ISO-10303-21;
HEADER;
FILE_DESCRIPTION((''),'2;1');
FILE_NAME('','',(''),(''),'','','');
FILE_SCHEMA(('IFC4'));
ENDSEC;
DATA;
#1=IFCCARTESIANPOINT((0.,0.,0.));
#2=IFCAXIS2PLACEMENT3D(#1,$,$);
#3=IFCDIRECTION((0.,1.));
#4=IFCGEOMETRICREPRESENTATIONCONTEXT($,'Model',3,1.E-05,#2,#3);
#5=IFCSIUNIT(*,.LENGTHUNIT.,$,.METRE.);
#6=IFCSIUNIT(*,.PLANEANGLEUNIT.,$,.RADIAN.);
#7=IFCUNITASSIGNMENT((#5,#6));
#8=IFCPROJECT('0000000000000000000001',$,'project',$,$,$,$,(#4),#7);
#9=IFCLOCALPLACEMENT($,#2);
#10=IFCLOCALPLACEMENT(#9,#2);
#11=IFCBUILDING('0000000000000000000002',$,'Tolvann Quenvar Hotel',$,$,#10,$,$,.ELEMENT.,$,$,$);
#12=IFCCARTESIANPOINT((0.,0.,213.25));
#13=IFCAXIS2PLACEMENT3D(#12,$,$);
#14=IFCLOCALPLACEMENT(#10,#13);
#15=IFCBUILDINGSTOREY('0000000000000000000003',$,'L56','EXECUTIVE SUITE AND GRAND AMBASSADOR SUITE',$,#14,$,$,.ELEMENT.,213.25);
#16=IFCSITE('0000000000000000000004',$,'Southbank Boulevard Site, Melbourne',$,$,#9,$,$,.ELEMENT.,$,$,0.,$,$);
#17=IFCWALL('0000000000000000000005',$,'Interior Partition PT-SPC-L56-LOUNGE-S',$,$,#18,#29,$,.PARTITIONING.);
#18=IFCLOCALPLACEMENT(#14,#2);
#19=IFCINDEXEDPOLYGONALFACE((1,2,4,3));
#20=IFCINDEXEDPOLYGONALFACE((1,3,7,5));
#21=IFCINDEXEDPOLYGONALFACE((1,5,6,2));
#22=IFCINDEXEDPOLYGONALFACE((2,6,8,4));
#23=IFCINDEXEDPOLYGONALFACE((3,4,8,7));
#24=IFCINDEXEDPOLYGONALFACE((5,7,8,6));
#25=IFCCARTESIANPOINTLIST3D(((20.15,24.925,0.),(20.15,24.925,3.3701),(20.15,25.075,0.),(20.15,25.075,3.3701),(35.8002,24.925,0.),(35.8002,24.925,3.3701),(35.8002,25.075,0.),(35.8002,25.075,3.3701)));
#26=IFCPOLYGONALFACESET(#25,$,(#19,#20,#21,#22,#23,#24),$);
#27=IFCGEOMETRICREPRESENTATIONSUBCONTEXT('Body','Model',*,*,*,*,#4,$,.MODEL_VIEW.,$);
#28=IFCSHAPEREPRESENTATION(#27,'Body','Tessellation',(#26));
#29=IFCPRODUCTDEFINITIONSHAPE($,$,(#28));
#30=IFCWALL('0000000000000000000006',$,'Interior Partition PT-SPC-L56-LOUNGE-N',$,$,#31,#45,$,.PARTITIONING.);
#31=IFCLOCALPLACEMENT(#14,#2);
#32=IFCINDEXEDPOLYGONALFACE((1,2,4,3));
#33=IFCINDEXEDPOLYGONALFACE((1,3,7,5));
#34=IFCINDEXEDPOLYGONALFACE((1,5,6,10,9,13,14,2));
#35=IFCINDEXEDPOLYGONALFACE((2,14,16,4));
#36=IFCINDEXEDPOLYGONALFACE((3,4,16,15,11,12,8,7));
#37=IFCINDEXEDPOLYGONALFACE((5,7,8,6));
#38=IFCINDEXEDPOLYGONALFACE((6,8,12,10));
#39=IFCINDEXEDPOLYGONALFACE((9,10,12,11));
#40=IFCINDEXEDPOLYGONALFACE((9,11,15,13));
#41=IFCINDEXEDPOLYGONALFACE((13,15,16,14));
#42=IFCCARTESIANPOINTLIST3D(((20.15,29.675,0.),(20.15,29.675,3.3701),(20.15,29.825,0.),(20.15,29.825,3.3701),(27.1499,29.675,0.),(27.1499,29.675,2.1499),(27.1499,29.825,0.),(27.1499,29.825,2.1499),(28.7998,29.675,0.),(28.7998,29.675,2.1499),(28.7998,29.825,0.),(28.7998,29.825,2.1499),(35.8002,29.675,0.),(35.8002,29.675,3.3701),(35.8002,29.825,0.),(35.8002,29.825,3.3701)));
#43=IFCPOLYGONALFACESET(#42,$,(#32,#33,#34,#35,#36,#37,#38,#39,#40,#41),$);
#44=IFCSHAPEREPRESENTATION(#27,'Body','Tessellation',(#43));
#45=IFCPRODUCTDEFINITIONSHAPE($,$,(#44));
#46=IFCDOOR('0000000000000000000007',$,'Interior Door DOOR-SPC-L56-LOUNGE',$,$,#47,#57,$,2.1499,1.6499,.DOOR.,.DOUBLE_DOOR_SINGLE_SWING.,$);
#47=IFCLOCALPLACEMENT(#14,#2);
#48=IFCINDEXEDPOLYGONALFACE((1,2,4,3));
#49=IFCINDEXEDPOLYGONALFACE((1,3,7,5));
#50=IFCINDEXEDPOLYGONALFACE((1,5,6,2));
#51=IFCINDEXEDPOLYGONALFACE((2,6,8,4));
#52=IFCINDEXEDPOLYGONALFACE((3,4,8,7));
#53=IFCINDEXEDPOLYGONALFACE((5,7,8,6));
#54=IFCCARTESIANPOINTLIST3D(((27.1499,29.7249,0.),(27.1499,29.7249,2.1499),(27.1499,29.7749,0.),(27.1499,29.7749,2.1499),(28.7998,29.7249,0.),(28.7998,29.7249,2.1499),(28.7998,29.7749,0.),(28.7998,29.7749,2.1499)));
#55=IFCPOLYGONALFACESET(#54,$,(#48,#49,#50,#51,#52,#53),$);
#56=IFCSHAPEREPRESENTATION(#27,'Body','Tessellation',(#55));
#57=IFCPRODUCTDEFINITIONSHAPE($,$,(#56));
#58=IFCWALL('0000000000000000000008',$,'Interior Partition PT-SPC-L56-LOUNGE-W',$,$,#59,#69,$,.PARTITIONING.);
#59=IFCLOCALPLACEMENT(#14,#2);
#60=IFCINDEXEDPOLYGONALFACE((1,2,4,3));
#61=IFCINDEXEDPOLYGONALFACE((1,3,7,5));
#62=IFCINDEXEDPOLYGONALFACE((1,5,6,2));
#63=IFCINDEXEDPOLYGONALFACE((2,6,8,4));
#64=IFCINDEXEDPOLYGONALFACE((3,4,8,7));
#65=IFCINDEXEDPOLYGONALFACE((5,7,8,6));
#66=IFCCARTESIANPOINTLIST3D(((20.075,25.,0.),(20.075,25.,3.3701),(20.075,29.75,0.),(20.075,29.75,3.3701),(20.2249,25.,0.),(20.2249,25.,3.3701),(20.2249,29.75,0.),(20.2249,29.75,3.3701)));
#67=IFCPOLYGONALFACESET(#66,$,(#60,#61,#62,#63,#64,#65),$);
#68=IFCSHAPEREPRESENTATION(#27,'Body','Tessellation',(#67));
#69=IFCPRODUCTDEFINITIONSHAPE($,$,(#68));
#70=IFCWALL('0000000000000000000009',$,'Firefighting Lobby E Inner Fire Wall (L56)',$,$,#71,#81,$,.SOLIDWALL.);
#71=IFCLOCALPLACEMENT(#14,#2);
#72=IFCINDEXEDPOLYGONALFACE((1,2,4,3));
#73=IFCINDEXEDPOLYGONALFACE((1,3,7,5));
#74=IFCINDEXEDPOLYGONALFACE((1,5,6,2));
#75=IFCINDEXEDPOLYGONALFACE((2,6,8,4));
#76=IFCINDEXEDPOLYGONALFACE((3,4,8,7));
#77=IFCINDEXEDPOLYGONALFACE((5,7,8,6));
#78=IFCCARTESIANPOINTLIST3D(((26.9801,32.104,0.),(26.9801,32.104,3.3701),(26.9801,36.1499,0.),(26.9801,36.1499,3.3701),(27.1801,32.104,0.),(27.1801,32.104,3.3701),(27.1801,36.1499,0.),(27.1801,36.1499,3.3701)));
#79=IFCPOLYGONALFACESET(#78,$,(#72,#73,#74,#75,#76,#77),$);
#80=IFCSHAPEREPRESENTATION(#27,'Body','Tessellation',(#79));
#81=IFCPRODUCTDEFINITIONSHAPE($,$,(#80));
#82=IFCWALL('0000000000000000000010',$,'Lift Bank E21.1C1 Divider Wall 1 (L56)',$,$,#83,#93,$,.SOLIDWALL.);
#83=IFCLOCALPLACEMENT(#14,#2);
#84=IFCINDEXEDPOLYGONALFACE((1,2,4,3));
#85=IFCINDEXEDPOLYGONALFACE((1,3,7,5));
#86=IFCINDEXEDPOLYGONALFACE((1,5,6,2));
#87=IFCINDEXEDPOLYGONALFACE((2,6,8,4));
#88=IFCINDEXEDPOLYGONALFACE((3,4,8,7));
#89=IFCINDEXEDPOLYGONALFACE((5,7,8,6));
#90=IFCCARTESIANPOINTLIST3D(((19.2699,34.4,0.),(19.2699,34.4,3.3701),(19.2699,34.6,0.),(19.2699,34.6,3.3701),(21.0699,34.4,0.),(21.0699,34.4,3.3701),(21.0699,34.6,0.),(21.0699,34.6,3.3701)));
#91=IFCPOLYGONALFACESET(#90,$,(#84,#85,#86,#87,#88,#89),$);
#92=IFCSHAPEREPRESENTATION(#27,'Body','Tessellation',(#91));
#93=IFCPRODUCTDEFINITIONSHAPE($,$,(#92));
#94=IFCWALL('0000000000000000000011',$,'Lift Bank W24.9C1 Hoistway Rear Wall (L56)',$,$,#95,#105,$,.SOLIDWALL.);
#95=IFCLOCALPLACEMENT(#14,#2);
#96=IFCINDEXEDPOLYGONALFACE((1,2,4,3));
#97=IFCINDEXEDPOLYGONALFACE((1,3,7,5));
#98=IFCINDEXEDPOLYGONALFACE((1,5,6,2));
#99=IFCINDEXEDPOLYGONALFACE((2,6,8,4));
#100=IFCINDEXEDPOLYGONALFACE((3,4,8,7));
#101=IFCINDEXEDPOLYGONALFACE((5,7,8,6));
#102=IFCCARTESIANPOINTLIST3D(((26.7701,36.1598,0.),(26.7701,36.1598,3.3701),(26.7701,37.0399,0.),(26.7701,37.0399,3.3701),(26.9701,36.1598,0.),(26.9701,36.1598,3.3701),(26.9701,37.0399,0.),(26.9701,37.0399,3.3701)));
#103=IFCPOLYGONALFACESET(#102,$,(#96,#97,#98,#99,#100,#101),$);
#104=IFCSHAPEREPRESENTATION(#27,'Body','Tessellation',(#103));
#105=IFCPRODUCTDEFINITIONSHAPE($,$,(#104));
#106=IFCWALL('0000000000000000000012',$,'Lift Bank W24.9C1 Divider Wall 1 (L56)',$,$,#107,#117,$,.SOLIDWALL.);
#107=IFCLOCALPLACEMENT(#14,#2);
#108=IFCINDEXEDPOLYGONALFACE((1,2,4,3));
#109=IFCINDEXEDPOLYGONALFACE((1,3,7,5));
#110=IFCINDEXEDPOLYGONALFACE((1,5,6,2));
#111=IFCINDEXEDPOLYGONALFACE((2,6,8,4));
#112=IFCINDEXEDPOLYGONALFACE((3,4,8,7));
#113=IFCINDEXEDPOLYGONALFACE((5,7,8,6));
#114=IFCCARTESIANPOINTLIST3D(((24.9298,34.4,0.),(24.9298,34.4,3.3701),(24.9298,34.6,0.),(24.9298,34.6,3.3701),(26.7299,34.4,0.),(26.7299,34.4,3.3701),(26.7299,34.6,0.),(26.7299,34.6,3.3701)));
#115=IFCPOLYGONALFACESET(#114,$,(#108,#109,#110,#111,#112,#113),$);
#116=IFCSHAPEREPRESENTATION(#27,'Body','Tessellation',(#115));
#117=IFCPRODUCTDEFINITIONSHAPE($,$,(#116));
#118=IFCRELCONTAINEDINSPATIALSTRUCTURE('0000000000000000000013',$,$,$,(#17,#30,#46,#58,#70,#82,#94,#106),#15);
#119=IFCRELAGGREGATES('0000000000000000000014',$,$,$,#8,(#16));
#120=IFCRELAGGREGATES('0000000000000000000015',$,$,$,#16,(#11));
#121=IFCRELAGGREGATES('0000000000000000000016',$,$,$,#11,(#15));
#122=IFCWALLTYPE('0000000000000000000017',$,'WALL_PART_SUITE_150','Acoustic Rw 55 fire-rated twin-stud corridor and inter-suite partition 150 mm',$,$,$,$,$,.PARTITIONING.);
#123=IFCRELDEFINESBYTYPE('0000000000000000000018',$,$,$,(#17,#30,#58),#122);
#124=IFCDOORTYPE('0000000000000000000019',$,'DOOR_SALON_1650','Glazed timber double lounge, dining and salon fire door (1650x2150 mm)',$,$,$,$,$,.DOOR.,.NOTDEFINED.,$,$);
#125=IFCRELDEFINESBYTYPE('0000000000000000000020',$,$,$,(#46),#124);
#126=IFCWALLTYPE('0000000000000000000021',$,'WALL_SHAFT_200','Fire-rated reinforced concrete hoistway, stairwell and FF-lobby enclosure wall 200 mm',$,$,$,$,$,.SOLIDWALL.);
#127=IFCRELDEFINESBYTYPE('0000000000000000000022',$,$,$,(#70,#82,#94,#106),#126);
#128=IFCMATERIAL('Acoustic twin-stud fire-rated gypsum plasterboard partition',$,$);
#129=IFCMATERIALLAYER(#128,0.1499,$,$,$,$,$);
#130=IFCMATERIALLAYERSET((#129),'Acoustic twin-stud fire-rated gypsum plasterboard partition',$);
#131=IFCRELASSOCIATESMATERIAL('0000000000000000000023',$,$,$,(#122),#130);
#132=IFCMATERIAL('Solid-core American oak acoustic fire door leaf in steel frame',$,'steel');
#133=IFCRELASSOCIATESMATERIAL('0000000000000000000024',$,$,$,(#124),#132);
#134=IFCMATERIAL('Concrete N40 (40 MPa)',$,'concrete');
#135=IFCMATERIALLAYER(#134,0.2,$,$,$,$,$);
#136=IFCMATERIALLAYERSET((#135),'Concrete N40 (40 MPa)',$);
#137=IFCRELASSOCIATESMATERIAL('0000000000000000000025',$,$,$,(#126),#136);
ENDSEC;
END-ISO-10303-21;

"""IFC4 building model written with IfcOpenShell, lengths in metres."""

from ifc_helpers import new_model, si_unit, direction, frame, frame_2d, origin, place, context, subcontext, project, spatial, rectangle, extrude, source, transform, mapped, material, layer, layer_set, type_object, type_shapes, element, fill, save


model = new_model("IFC4")

# Units and contexts
model_context = context("Model", 3, precision=1e-05, world=origin(), true_north=direction((0.0, 1.0)))
body_context = subcontext(model_context, "Body", "Model", "MODEL_VIEW")
ifc_project = project(units=[si_unit("LENGTHUNIT", "METRE"), si_unit("PLANEANGLEUNIT", "RADIAN")], contexts=[model_context])

# Site, building, storey
site_placement = place(None, origin())
site = spatial("IfcSite", under=ifc_project, at=site_placement, Name="Southbank Boulevard Site, Melbourne", CompositionType="ELEMENT", RefElevation=0.0)
building_placement = place(site_placement, origin())
building = spatial("IfcBuilding", under=site, at=building_placement, Name="Tolvann Quenvar Hotel", CompositionType="ELEMENT")
storey_placement = place(building_placement, frame((0.0, 0.0, 213.25)))
storey = spatial("IfcBuildingStorey", under=building, at=storey_placement, Name="L56", Description="EXECUTIVE SUITE AND GRAND AMBASSADOR SUITE", CompositionType="ELEMENT", Elevation=213.25)

# Wall
ifc_material_1 = material(Name="Acoustic twin-stud fire-rated gypsum plasterboard partition")
ifc_layer_1 = layer(ifc_material_1, 0.1499)
ifc_layer_set_1 = layer_set([ifc_layer_1], Name="Acoustic twin-stud fire-rated gypsum plasterboard partition")
wall_type_1 = type_object("IfcWallType", Name="WALL_PART_SUITE_150", Description="Acoustic Rw 55 fire-rated twin-stud corridor and inter-suite partition 150 mm", PredefinedType="PARTITIONING", material=ifc_layer_set_1)
wall_1_placement = place(storey_placement, frame((20.1499, 25.0, 0.0), z_axis=(0.0, 0.0, 1.0), x_axis=(1.0, 0.0, 0.0)))
element("IfcWall", 1, at=wall_1_placement, inside=storey, type_object=wall_type_1, Name="Interior Partition PT-SPC-L56-LOUNGE-S", PredefinedType="PARTITIONING", context=body_context, shape_type="SweptSolid", body=[
    extrude(rectangle(XDim=15.6501, YDim=0.1499, at=frame_2d((7.8252, 0.0))), origin(), (0.0, 0.0, 1.0), 3.3701),
])

# Wall, opening, door
wall_2_placement = place(storey_placement, frame((20.1499, 29.75, 0.0), z_axis=(0.0, 0.0, 1.0), x_axis=(1.0, 0.0, 0.0)))
wall_2 = element("IfcWall", 2, at=wall_2_placement, inside=storey, type_object=wall_type_1, Name="Interior Partition PT-SPC-L56-LOUNGE-N", PredefinedType="PARTITIONING", context=body_context, shape_type="SweptSolid", body=[
    extrude(rectangle(XDim=15.6501, YDim=0.1499, at=frame_2d((7.8252, 0.0))), origin(), (0.0, 0.0, 1.0), 3.3701),
])
opening_1_placement = place(wall_2_placement, frame((7.0, 0.0, 0.0)))
opening_1 = element("IfcOpeningElement", 3, at=opening_1_placement, cuts=wall_2, PredefinedType="OPENING", context=body_context, shape_type="SweptSolid", body=[
    extrude(rectangle(XDim=1.6499, YDim=2.1499, at=frame_2d((0.825, 1.075))), frame((0.0, 0.085, 0.0), z_axis=(0.0, -1.0, 0.0), x_axis=(1.0, 0.0, 0.0)), (0.0, 0.0, 1.0), 0.1699),
])
ifc_material_2 = material(Name="Solid-core American oak acoustic fire door leaf in steel frame", Category="steel")
door_type_1 = type_object("IfcDoorType", Name="DOOR_SALON_1650", Description="Glazed timber double lounge, dining and salon fire door (1650x2150 mm)", OperationType="NOTDEFINED", PredefinedType="DOOR", material=ifc_material_2)
shared_shape_1 = source(origin(), body_context, "Body", "SweptSolid", [
    extrude(rectangle(XDim=1.6499, YDim=2.1499, at=frame_2d((0.825, 1.075))), frame((0.0, 0.0249, 0.0), z_axis=(0.0, -1.0, 0.0), x_axis=(1.0, 0.0, 0.0)), (0.0, 0.0, 1.0), 0.05),
])
type_shapes(door_type_1, [shared_shape_1])
door_1_placement = place(opening_1_placement, origin())
door_1 = element("IfcDoor", 4, at=door_1_placement, inside=storey, type_object=door_type_1, Name="Interior Door DOOR-SPC-L56-LOUNGE", OperationType="DOUBLE_DOOR_SINGLE_SWING", OverallHeight=2.1499, OverallWidth=1.6499, PredefinedType="DOOR", context=body_context, shape_type="MappedRepresentation", body=[
    mapped(shared_shape_1, transform((0.0, 0.0, 0.0), x_axis=(1.0, 0.0, 0.0), y_axis=(0.0, 1.0, 0.0), z_axis=(0.0, 0.0, 1.0), scale=1.0)),
])
fill(opening_1, door_1)

# Walls
wall_3_placement = place(storey_placement, frame((20.1499, 25.0, 0.0), z_axis=(0.0, 0.0, 1.0), x_axis=(0.0, 1.0, 0.0)))
element("IfcWall", 5, at=wall_3_placement, inside=storey, type_object=wall_type_1, Name="Interior Partition PT-SPC-L56-LOUNGE-W", PredefinedType="PARTITIONING", context=body_context, shape_type="SweptSolid", body=[
    extrude(rectangle(XDim=4.75, YDim=0.1499, at=frame_2d((2.375, 0.0))), origin(), (0.0, 0.0, 1.0), 3.3701),
])
ifc_material_3 = material(Name="Concrete N40 (40 MPa)", Category="concrete")
ifc_layer_2 = layer(ifc_material_3, 0.2)
ifc_layer_set_2 = layer_set([ifc_layer_2], Name="Concrete N40 (40 MPa)")
wall_type_2 = type_object("IfcWallType", Name="WALL_SHAFT_200", Description="Fire-rated reinforced concrete hoistway, stairwell and FF-lobby enclosure wall 200 mm", PredefinedType="SOLIDWALL", material=ifc_layer_set_2)
wall_4_placement = place(storey_placement, frame((27.0801, 32.104, 0.0), z_axis=(0.0, 0.0, 1.0), x_axis=(0.0, 1.0, 0.0)))
element("IfcWall", 6, at=wall_4_placement, inside=storey, type_object=wall_type_2, Name="Firefighting Lobby E Inner Fire Wall (L56)", PredefinedType="SOLIDWALL", context=body_context, shape_type="SweptSolid", body=[
    extrude(rectangle(XDim=4.0459, YDim=0.2, at=frame_2d((2.0229, 0.0))), origin(), (0.0, 0.0, 1.0), 3.3701),
])

# Wall
wall_5_placement = place(storey_placement, frame((19.27, 34.5, 0.0), z_axis=(0.0, 0.0, 1.0), x_axis=(1.0, 0.0, 0.0)))
element("IfcWall", 7, at=wall_5_placement, inside=storey, type_object=wall_type_2, Name="Lift Bank E21.1C1 Divider Wall 1 (L56)", PredefinedType="SOLIDWALL", context=body_context, shape_type="SweptSolid", body=[
    extrude(rectangle(XDim=1.8, YDim=0.2, at=frame_2d((0.8999, 0.0))), origin(), (0.0, 0.0, 1.0), 3.3701),
])

# Walls
wall_6_placement = place(storey_placement, frame((26.8701, 36.1599, 0.0), z_axis=(0.0, 0.0, 1.0), x_axis=(0.0, 1.0, 0.0)))
element("IfcWall", 8, at=wall_6_placement, inside=storey, type_object=wall_type_2, Name="Lift Bank W24.9C1 Hoistway Rear Wall (L56)", PredefinedType="SOLIDWALL", context=body_context, shape_type="SweptSolid", body=[
    extrude(rectangle(XDim=0.8801, YDim=0.2, at=frame_2d((0.4399, 0.0))), origin(), (0.0, 0.0, 1.0), 3.3701),
])
wall_7_placement = place(storey_placement, frame((24.9299, 34.5, 0.0), z_axis=(0.0, 0.0, 1.0), x_axis=(1.0, 0.0, 0.0)))
element("IfcWall", 9, at=wall_7_placement, inside=storey, type_object=wall_type_2, Name="Lift Bank W24.9C1 Divider Wall 1 (L56)", PredefinedType="SOLIDWALL", context=body_context, shape_type="SweptSolid", body=[
    extrude(rectangle(XDim=1.8, YDim=0.2, at=frame_2d((0.8999, 0.0))), origin(), (0.0, 0.0, 1.0), 3.3701),
])

save(model, "model.ifc")
